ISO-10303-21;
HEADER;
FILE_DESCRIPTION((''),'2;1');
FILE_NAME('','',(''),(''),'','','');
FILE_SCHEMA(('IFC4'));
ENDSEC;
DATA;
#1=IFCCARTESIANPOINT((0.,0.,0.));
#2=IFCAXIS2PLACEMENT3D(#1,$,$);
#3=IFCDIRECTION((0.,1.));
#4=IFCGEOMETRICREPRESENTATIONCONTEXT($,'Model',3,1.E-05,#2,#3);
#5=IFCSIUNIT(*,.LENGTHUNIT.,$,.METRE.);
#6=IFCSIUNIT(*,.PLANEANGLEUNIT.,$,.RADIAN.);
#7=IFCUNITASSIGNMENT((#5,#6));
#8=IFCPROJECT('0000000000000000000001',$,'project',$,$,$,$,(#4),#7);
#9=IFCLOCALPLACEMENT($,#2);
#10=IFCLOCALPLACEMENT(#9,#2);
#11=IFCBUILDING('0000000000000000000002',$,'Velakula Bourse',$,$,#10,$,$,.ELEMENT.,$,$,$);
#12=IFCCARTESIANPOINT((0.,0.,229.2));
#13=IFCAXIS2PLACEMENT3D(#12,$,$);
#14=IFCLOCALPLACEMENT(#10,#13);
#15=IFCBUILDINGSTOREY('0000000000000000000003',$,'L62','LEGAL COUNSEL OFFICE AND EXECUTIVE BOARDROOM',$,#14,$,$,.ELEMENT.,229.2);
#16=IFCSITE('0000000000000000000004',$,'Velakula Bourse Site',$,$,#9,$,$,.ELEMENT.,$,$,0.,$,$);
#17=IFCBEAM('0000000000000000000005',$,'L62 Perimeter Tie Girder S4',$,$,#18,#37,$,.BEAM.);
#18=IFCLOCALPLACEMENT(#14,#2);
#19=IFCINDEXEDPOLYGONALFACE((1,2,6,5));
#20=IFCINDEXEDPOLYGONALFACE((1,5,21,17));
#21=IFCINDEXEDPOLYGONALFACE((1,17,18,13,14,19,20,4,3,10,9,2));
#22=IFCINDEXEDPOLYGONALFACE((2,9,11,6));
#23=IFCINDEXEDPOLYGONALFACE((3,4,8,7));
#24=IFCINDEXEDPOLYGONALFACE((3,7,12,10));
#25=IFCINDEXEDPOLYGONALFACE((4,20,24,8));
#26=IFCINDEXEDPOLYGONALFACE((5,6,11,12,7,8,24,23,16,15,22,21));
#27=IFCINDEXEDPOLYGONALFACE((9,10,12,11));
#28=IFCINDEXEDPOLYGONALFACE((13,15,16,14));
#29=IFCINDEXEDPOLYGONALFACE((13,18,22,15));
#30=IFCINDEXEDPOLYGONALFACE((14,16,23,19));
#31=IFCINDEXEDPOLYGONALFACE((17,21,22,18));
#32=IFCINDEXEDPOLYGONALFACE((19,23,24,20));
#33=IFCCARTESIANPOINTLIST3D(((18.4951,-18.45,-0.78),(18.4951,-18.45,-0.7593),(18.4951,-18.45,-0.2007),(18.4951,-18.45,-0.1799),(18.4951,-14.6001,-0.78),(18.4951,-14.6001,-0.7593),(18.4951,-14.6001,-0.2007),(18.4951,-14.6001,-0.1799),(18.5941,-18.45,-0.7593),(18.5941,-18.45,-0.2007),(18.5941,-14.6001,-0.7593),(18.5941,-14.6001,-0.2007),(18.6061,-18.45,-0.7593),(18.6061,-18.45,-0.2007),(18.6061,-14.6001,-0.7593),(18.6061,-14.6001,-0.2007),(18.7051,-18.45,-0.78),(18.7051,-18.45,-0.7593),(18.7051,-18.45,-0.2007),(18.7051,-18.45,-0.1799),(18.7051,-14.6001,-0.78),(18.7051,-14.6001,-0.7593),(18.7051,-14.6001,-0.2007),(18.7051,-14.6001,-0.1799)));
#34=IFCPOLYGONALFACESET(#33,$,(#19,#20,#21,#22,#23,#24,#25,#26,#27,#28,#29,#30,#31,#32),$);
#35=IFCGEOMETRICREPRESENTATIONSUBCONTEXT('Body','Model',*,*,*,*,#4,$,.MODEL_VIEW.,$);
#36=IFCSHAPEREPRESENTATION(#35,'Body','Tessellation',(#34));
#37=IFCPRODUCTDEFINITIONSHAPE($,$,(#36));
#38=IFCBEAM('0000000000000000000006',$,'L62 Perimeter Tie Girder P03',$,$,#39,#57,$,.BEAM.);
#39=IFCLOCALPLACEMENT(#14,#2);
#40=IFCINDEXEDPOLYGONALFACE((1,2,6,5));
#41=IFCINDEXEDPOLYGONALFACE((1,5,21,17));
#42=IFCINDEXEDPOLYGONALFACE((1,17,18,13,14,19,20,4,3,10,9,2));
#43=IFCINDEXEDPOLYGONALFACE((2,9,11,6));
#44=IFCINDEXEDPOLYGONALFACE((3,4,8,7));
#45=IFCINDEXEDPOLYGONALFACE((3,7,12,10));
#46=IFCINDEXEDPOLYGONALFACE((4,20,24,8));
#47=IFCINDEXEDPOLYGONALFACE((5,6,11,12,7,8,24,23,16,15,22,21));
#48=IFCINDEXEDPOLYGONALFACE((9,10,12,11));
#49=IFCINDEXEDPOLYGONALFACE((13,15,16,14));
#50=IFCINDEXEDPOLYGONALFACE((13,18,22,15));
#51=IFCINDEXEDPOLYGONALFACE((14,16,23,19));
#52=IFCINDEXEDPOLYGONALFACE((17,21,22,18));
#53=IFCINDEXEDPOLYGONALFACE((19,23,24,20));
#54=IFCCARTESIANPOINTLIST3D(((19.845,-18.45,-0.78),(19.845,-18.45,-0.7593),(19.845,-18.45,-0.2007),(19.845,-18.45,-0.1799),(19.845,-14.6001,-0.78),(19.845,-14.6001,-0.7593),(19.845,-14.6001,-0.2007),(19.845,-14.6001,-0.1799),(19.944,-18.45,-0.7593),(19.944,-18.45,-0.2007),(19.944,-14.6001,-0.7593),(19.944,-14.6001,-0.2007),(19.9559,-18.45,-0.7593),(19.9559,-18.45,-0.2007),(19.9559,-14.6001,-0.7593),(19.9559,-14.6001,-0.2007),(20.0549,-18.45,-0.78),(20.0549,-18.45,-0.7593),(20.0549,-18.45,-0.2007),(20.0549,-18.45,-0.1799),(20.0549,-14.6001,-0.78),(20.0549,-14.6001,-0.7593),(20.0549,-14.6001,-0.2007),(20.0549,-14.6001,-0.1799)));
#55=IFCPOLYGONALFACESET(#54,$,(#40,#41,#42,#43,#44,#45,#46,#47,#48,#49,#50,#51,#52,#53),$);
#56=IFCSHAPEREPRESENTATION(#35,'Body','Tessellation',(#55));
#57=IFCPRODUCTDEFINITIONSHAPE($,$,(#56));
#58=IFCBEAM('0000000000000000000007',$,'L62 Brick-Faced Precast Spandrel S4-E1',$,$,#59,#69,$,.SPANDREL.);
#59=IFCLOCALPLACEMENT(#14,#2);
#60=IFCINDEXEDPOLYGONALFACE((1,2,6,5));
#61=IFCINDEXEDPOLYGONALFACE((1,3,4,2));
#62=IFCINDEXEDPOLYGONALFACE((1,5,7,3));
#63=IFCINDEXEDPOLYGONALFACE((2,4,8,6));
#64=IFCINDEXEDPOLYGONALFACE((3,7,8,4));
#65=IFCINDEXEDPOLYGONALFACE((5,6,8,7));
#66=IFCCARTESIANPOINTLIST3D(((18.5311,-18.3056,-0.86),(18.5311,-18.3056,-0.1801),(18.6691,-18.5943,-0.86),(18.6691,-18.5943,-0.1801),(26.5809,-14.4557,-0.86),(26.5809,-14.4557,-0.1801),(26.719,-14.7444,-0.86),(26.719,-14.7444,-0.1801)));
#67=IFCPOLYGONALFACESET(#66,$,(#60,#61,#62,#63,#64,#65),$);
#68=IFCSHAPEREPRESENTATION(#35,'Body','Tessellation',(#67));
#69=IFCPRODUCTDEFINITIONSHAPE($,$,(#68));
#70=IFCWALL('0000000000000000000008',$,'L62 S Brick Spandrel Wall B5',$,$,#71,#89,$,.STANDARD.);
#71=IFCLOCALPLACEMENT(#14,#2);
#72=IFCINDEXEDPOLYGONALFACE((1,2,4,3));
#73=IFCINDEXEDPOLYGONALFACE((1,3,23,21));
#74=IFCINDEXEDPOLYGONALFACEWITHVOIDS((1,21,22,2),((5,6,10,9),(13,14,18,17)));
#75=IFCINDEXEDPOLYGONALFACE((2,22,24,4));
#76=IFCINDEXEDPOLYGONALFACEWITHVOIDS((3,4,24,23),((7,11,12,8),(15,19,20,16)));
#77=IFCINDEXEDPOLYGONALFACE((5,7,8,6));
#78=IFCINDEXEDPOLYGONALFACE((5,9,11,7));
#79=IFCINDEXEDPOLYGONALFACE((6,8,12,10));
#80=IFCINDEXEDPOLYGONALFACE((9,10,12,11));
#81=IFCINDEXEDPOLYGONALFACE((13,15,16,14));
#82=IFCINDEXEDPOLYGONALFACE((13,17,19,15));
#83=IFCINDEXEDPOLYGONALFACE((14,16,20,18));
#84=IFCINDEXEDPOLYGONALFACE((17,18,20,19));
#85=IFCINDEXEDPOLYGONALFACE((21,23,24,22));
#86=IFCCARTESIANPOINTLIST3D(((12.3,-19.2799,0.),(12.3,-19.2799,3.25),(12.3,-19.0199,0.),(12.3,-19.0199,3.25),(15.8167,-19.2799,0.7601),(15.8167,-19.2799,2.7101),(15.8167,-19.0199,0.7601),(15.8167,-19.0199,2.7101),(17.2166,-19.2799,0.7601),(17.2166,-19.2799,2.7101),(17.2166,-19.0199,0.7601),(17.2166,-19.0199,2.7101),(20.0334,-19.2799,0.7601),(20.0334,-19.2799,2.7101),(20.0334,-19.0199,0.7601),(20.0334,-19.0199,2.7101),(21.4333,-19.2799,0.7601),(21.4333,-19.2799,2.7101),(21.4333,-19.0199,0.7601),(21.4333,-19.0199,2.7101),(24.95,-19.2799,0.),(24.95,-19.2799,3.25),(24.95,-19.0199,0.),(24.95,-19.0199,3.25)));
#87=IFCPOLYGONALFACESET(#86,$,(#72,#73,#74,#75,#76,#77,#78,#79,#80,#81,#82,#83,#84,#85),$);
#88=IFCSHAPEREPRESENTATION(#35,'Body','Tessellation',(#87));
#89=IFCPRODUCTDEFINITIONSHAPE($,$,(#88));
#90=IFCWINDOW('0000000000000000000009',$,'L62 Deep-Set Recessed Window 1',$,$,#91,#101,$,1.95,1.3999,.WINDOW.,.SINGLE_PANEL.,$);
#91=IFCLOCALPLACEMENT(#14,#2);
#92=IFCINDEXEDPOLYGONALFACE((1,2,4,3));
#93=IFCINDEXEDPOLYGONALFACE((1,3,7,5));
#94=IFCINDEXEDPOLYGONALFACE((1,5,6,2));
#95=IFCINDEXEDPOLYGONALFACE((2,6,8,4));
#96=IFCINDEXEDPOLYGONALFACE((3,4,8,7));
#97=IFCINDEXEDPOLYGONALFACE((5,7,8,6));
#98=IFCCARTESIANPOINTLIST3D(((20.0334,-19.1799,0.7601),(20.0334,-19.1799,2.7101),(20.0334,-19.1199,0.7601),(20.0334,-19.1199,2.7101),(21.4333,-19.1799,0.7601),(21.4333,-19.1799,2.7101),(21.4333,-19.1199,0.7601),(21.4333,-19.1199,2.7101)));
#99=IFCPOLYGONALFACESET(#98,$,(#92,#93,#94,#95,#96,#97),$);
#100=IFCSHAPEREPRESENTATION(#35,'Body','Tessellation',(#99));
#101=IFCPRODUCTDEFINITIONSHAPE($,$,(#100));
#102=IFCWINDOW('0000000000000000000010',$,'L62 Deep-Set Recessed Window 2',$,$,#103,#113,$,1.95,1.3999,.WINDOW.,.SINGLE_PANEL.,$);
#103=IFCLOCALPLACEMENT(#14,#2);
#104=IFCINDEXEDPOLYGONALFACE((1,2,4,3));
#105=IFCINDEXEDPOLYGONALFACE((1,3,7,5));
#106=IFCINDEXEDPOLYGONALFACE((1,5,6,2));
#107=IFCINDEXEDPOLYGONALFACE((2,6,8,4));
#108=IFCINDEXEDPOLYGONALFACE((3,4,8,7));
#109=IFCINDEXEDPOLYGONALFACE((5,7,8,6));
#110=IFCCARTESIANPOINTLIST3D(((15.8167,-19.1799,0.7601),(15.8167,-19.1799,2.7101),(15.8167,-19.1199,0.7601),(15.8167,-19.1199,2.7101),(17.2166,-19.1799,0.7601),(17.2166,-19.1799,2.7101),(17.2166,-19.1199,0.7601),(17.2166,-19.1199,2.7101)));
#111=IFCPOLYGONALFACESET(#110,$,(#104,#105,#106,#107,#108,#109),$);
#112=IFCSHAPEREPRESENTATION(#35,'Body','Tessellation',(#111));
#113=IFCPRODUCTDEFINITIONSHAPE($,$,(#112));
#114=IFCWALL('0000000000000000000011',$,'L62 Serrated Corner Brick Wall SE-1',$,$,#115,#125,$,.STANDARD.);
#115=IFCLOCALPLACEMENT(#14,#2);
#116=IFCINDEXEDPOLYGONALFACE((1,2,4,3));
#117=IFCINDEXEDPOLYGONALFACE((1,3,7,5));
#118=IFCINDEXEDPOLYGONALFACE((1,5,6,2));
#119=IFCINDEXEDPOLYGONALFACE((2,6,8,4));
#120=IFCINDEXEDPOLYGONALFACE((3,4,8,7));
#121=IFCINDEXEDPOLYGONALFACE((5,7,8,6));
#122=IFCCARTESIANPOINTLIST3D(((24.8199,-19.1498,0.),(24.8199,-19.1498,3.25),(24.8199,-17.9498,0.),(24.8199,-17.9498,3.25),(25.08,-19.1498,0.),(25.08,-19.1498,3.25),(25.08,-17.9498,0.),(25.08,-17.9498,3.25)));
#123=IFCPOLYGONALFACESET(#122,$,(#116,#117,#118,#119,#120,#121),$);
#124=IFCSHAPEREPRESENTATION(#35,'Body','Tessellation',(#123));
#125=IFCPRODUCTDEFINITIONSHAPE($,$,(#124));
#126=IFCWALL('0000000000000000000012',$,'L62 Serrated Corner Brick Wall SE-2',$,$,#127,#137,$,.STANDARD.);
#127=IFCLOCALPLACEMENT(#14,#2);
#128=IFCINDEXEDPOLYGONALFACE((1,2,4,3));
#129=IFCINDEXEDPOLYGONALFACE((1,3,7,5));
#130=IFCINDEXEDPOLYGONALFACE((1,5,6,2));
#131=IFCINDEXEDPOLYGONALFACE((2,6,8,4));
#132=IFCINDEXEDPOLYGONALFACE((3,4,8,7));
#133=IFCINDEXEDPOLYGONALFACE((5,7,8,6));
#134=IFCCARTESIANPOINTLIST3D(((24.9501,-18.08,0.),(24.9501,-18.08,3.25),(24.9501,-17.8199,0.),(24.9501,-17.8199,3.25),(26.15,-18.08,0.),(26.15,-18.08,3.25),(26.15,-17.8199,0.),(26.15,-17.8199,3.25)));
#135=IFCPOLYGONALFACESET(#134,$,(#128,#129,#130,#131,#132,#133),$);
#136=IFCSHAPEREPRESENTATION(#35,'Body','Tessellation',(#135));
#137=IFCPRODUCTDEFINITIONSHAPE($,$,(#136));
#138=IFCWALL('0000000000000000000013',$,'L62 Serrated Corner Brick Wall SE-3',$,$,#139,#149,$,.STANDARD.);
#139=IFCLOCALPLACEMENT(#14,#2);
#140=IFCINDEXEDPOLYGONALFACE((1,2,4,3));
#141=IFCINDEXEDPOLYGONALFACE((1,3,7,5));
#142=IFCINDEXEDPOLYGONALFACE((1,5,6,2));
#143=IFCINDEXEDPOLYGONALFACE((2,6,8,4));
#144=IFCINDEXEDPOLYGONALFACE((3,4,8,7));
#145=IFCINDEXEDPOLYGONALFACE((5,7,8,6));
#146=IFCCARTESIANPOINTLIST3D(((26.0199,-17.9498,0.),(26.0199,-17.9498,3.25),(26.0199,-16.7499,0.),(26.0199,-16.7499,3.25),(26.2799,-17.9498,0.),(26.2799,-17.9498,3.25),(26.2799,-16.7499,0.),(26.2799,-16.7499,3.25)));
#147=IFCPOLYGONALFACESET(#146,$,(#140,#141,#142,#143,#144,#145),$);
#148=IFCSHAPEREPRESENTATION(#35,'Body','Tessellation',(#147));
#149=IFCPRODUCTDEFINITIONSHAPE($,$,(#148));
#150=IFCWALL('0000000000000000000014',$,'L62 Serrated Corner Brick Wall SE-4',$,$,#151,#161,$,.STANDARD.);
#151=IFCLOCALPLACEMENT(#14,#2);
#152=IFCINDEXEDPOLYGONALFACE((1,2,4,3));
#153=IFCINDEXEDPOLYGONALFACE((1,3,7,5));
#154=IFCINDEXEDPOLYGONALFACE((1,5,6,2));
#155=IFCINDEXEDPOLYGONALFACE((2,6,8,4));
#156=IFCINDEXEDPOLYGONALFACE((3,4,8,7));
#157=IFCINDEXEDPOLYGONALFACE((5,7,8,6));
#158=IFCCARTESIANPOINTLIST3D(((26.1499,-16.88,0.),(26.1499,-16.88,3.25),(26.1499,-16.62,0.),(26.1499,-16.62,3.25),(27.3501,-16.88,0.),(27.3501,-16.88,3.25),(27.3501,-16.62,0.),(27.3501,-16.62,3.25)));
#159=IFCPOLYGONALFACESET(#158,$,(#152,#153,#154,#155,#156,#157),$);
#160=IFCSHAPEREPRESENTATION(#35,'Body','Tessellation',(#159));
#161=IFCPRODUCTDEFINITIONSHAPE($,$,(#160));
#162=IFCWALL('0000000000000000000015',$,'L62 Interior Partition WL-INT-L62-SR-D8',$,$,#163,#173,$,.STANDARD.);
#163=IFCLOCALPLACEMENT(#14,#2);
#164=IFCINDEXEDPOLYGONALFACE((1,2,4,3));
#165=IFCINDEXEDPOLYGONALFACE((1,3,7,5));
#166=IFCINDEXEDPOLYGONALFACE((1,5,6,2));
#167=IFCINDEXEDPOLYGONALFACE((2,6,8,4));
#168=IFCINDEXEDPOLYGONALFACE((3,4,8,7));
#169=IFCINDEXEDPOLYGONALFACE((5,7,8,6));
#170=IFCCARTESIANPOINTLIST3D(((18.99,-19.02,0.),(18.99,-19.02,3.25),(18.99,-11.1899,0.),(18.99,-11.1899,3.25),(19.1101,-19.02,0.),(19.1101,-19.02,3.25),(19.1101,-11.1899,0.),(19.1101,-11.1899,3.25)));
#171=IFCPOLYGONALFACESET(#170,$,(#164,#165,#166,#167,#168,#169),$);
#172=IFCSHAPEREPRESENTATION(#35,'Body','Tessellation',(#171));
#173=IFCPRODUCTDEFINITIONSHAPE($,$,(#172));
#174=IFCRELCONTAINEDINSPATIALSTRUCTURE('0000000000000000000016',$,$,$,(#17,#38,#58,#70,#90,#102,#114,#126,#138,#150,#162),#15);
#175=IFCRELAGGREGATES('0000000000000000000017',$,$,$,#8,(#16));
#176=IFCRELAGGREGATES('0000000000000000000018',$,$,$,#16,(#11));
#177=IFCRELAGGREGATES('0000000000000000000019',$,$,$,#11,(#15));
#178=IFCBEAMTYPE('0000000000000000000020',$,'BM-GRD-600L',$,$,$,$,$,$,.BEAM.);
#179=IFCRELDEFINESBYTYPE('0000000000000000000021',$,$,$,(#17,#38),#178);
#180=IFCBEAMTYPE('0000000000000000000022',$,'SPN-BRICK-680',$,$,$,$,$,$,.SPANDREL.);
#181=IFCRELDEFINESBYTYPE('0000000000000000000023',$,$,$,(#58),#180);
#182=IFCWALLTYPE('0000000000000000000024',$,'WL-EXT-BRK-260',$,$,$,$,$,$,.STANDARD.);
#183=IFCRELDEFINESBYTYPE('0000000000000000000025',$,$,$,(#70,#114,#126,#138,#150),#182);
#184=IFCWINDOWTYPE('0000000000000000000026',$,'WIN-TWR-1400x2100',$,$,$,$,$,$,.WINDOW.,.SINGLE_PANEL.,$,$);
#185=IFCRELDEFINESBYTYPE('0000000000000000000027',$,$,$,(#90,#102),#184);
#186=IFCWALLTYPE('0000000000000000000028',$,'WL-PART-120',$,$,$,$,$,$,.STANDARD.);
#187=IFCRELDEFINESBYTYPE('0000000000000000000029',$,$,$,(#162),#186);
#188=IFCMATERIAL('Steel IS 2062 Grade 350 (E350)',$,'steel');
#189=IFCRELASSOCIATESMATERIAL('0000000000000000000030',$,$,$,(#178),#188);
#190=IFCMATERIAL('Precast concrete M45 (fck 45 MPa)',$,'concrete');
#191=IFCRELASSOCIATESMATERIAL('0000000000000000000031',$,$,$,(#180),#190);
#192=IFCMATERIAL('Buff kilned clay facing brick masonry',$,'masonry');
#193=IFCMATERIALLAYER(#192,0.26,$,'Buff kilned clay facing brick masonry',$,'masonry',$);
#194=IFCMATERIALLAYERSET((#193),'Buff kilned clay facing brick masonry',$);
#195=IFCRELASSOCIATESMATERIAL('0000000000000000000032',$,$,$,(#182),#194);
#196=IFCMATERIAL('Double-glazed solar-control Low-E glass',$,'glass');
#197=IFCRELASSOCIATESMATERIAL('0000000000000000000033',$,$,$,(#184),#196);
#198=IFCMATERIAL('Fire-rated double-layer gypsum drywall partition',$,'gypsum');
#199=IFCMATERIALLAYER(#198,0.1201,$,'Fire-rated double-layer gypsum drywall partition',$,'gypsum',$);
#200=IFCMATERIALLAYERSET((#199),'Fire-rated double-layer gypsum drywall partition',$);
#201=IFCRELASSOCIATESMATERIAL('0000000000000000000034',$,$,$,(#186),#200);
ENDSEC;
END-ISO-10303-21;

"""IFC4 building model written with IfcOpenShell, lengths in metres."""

from ifc_helpers import new_model, si_unit, direction, frame, frame_2d, origin, origin_2d, place, context, subcontext, project, spatial, rectangle, i_section, extrude, material, layer, layer_set, material_profile, profile_set, type_object, element, fill, save


model = new_model("IFC4")

# Units and contexts
model_context = context("Model", 3, precision=1e-05, world=origin(), true_north=direction((0.0, 1.0)))
body_context = subcontext(model_context, "Body", "Model", "MODEL_VIEW")
ifc_project = project(units=[si_unit("LENGTHUNIT", "METRE"), si_unit("PLANEANGLEUNIT", "RADIAN")], contexts=[model_context])

# Site, building, storey
site_placement = place(None, origin())
site = spatial("IfcSite", under=ifc_project, at=site_placement, Name="Velakula Bourse Site", CompositionType="ELEMENT", RefElevation=0.0)
building_placement = place(site_placement, origin())
building = spatial("IfcBuilding", under=site, at=building_placement, Name="Velakula Bourse", CompositionType="ELEMENT")
storey_placement = place(building_placement, frame((0.0, 0.0, 229.2)))
storey = spatial("IfcBuildingStorey", under=building, at=storey_placement, Name="L62", Description="LEGAL COUNSEL OFFICE AND EXECUTIVE BOARDROOM", CompositionType="ELEMENT", Elevation=229.2)

# Shared definitions
ifc_material_1 = material(Name="Steel IS 2062 Grade 350 (E350)", Category="steel")
ifc_material_2 = material(Name="Precast concrete M45 (fck 45 MPa)", Category="concrete")

# Beams
ifc_material_profile_1 = material_profile(ifc_material_1, i_section(OverallWidth=0.21, OverallDepth=0.6001, WebThickness=0.012, FlangeThickness=0.0208, at=origin_2d()), Name="Steel IS 2062 Grade 350 (E350)")
ifc_profile_set_1 = profile_set([ifc_material_profile_1], Name="Steel IS 2062 Grade 350 (E350)")
beam_type_1 = type_object("IfcBeamType", Name="BM-GRD-600L", PredefinedType="BEAM", material=ifc_profile_set_1)
for number, where, z_axis, x_axis, name in (
    (1, (18.6001, -14.6001, -0.48), (0.0, -1.0, 0.0), (1.0, 0.0, 0.0), "L62 Perimeter Tie Girder S4"),
    (2, (19.95, -14.6001, -0.48), (0.0, -1.0, 0.0), (1.0, 0.0, 0.0), "L62 Perimeter Tie Girder P03"),
):
    element("IfcBeam", number, at=place(storey_placement, frame(where, z_axis=z_axis, x_axis=x_axis)), inside=storey, type_object=beam_type_1, Name=name, PredefinedType="BEAM", context=body_context, shape_type="SweptSolid", body=[
        extrude(i_section(OverallWidth=0.21, OverallDepth=0.6001, WebThickness=0.012, FlangeThickness=0.0208, at=origin_2d()), origin(), (0.0, 0.0, 1.0), 3.8499),
    ])
ifc_material_profile_2 = material_profile(ifc_material_2, rectangle(XDim=0.3201, YDim=0.6799, at=origin_2d()), Name="Precast concrete M45 (fck 45 MPa)")
ifc_profile_set_2 = profile_set([ifc_material_profile_2], Name="Precast concrete M45 (fck 45 MPa)")
beam_type_2 = type_object("IfcBeamType", Name="SPN-BRICK-680", PredefinedType="SPANDREL", material=ifc_profile_set_2)
beam_1_placement = place(storey_placement, frame((18.6001, -18.45, -0.52), z_axis=(0.902137, 0.431451, 0.0), x_axis=(-0.431451, 0.902137, 0.0)))
element("IfcBeam", 3, at=beam_1_placement, inside=storey, type_object=beam_type_2, Name="L62 Brick-Faced Precast Spandrel S4-E1", PredefinedType="SPANDREL", context=body_context, shape_type="SweptSolid", body=[
    extrude(rectangle(XDim=0.3201, YDim=0.6799, at=origin_2d()), origin(), (0.0, 0.0, 1.0), 8.9231),
])

# Wall, openings, windows
ifc_material_3 = material(Name="Buff kilned clay facing brick masonry", Category="masonry")
ifc_layer_1 = layer(ifc_material_3, 0.26, Name="Buff kilned clay facing brick masonry", Category="masonry")
ifc_layer_set_1 = layer_set([ifc_layer_1], Name="Buff kilned clay facing brick masonry")
wall_type_1 = type_object("IfcWallType", Name="WL-EXT-BRK-260", PredefinedType="STANDARD", material=ifc_layer_set_1)
wall_1_placement = place(storey_placement, frame((24.95, -19.1499, 0.0), z_axis=(0.0, 0.0, 1.0), x_axis=(-1.0, 0.0, 0.0)))
wall_1 = element("IfcWall", 4, at=wall_1_placement, inside=storey, type_object=wall_type_1, Name="L62 S Brick Spandrel Wall B5", PredefinedType="STANDARD", context=body_context, shape_type="SweptSolid", body=[
    extrude(rectangle(XDim=12.6499, YDim=0.26, at=frame_2d((6.325, 0.0))), origin(), (0.0, 0.0, 1.0), 3.25),
])
opening_1_placement = place(wall_1_placement, frame((3.5166, 0.0, 0.76)))
opening_1 = element("IfcOpeningElement", 5, at=opening_1_placement, cuts=wall_1, PredefinedType="OPENING", context=body_context, shape_type="SweptSolid", body=[
    extrude(rectangle(XDim=1.3999, YDim=1.95, at=frame_2d((0.7, 0.9751))), frame((0.0, 0.1399, 0.0), z_axis=(0.0, -1.0, 0.0), x_axis=(1.0, 0.0, 0.0)), (0.0, 0.0, 1.0), 0.28),
])
opening_2_placement = place(wall_1_placement, frame((7.7334, 0.0, 0.76)))
opening_2 = element("IfcOpeningElement", 6, at=opening_2_placement, cuts=wall_1, PredefinedType="OPENING", context=body_context, shape_type="SweptSolid", body=[
    extrude(rectangle(XDim=1.3999, YDim=1.95, at=frame_2d((0.7, 0.9751))), frame((0.0, 0.1399, 0.0), z_axis=(0.0, -1.0, 0.0), x_axis=(1.0, 0.0, 0.0)), (0.0, 0.0, 1.0), 0.28),
])
ifc_material_4 = material(Name="Double-glazed solar-control Low-E glass", Category="glass")
window_type = type_object("IfcWindowType", Name="WIN-TWR-1400x2100", PartitioningType="SINGLE_PANEL", PredefinedType="WINDOW", material=ifc_material_4)
window_1_placement = place(opening_1_placement, origin())
window_1 = element("IfcWindow", 7, at=window_1_placement, inside=storey, type_object=window_type, Name="L62 Deep-Set Recessed Window 1", OverallHeight=1.95, OverallWidth=1.3999, PartitioningType="SINGLE_PANEL", PredefinedType="WINDOW", context=body_context, shape_type="SweptSolid", body=[
    extrude(rectangle(XDim=1.3999, YDim=1.95, at=frame_2d((0.7, 0.9751))), frame((0.0, 0.03, 0.0), z_axis=(0.0, -1.0, 0.0), x_axis=(1.0, 0.0, 0.0)), (0.0, 0.0, 1.0), 0.0601),
])
fill(opening_1, window_1)
window_2_placement = place(opening_2_placement, origin())
window_2 = element("IfcWindow", 8, at=window_2_placement, inside=storey, type_object=window_type, Name="L62 Deep-Set Recessed Window 2", OverallHeight=1.95, OverallWidth=1.3999, PartitioningType="SINGLE_PANEL", PredefinedType="WINDOW", context=body_context, shape_type="SweptSolid", body=[
    extrude(rectangle(XDim=1.3999, YDim=1.95, at=frame_2d((0.7, 0.9751))), frame((0.0, 0.03, 0.0), z_axis=(0.0, -1.0, 0.0), x_axis=(1.0, 0.0, 0.0)), (0.0, 0.0, 1.0), 0.0601),
])
fill(opening_2, window_2)

# Walls
for number, where, z_axis, x_axis, name in (
    (9, (24.95, -19.1499, 0.0), (0.0, 0.0, 1.0), (0.0, 1.0, 0.0), "L62 Serrated Corner Brick Wall SE-1"),
    (10, (24.95, -17.95, 0.0), (0.0, 0.0, 1.0), (1.0, 0.0, 0.0), "L62 Serrated Corner Brick Wall SE-2"),
    (11, (26.1499, -17.95, 0.0), (0.0, 0.0, 1.0), (0.0, 1.0, 0.0), "L62 Serrated Corner Brick Wall SE-3"),
):
    element("IfcWall", number, at=place(storey_placement, frame(where, z_axis=z_axis, x_axis=x_axis)), inside=storey, type_object=wall_type_1, Name=name, PredefinedType="STANDARD", context=body_context, shape_type="SweptSolid", body=[
        extrude(rectangle(XDim=1.2, YDim=0.26, at=frame_2d((0.6001, 0.0))), origin(), (0.0, 0.0, 1.0), 3.25),
    ])
wall_2_placement = place(storey_placement, frame((26.1499, -16.75, 0.0), z_axis=(0.0, 0.0, 1.0), x_axis=(1.0, 0.0, 0.0)))
element("IfcWall", 12, at=wall_2_placement, inside=storey, type_object=wall_type_1, Name="L62 Serrated Corner Brick Wall SE-4", PredefinedType="STANDARD", context=body_context, shape_type="SweptSolid", body=[
    extrude(rectangle(XDim=1.2002, YDim=0.26, at=frame_2d((0.6001, 0.0))), origin(), (0.0, 0.0, 1.0), 3.25),
])
ifc_material_5 = material(Name="Fire-rated double-layer gypsum drywall partition", Category="gypsum")
ifc_layer_2 = layer(ifc_material_5, 0.1201, Name="Fire-rated double-layer gypsum drywall partition", Category="gypsum")
ifc_layer_set_2 = layer_set([ifc_layer_2], Name="Fire-rated double-layer gypsum drywall partition")
wall_type_2 = type_object("IfcWallType", Name="WL-PART-120", PredefinedType="STANDARD", material=ifc_layer_set_2)
wall_3_placement = place(storey_placement, frame((19.05, -19.02, 0.0), z_axis=(0.0, 0.0, 1.0), x_axis=(0.0, 1.0, 0.0)))
element("IfcWall", 13, at=wall_3_placement, inside=storey, type_object=wall_type_2, Name="L62 Interior Partition WL-INT-L62-SR-D8", PredefinedType="STANDARD", context=body_context, shape_type="SweptSolid", body=[
    extrude(rectangle(XDim=7.8301, YDim=0.1201, at=frame_2d((3.915, 0.0))), origin(), (0.0, 0.0, 1.0), 3.25),
])

save(model, "model.ifc")
